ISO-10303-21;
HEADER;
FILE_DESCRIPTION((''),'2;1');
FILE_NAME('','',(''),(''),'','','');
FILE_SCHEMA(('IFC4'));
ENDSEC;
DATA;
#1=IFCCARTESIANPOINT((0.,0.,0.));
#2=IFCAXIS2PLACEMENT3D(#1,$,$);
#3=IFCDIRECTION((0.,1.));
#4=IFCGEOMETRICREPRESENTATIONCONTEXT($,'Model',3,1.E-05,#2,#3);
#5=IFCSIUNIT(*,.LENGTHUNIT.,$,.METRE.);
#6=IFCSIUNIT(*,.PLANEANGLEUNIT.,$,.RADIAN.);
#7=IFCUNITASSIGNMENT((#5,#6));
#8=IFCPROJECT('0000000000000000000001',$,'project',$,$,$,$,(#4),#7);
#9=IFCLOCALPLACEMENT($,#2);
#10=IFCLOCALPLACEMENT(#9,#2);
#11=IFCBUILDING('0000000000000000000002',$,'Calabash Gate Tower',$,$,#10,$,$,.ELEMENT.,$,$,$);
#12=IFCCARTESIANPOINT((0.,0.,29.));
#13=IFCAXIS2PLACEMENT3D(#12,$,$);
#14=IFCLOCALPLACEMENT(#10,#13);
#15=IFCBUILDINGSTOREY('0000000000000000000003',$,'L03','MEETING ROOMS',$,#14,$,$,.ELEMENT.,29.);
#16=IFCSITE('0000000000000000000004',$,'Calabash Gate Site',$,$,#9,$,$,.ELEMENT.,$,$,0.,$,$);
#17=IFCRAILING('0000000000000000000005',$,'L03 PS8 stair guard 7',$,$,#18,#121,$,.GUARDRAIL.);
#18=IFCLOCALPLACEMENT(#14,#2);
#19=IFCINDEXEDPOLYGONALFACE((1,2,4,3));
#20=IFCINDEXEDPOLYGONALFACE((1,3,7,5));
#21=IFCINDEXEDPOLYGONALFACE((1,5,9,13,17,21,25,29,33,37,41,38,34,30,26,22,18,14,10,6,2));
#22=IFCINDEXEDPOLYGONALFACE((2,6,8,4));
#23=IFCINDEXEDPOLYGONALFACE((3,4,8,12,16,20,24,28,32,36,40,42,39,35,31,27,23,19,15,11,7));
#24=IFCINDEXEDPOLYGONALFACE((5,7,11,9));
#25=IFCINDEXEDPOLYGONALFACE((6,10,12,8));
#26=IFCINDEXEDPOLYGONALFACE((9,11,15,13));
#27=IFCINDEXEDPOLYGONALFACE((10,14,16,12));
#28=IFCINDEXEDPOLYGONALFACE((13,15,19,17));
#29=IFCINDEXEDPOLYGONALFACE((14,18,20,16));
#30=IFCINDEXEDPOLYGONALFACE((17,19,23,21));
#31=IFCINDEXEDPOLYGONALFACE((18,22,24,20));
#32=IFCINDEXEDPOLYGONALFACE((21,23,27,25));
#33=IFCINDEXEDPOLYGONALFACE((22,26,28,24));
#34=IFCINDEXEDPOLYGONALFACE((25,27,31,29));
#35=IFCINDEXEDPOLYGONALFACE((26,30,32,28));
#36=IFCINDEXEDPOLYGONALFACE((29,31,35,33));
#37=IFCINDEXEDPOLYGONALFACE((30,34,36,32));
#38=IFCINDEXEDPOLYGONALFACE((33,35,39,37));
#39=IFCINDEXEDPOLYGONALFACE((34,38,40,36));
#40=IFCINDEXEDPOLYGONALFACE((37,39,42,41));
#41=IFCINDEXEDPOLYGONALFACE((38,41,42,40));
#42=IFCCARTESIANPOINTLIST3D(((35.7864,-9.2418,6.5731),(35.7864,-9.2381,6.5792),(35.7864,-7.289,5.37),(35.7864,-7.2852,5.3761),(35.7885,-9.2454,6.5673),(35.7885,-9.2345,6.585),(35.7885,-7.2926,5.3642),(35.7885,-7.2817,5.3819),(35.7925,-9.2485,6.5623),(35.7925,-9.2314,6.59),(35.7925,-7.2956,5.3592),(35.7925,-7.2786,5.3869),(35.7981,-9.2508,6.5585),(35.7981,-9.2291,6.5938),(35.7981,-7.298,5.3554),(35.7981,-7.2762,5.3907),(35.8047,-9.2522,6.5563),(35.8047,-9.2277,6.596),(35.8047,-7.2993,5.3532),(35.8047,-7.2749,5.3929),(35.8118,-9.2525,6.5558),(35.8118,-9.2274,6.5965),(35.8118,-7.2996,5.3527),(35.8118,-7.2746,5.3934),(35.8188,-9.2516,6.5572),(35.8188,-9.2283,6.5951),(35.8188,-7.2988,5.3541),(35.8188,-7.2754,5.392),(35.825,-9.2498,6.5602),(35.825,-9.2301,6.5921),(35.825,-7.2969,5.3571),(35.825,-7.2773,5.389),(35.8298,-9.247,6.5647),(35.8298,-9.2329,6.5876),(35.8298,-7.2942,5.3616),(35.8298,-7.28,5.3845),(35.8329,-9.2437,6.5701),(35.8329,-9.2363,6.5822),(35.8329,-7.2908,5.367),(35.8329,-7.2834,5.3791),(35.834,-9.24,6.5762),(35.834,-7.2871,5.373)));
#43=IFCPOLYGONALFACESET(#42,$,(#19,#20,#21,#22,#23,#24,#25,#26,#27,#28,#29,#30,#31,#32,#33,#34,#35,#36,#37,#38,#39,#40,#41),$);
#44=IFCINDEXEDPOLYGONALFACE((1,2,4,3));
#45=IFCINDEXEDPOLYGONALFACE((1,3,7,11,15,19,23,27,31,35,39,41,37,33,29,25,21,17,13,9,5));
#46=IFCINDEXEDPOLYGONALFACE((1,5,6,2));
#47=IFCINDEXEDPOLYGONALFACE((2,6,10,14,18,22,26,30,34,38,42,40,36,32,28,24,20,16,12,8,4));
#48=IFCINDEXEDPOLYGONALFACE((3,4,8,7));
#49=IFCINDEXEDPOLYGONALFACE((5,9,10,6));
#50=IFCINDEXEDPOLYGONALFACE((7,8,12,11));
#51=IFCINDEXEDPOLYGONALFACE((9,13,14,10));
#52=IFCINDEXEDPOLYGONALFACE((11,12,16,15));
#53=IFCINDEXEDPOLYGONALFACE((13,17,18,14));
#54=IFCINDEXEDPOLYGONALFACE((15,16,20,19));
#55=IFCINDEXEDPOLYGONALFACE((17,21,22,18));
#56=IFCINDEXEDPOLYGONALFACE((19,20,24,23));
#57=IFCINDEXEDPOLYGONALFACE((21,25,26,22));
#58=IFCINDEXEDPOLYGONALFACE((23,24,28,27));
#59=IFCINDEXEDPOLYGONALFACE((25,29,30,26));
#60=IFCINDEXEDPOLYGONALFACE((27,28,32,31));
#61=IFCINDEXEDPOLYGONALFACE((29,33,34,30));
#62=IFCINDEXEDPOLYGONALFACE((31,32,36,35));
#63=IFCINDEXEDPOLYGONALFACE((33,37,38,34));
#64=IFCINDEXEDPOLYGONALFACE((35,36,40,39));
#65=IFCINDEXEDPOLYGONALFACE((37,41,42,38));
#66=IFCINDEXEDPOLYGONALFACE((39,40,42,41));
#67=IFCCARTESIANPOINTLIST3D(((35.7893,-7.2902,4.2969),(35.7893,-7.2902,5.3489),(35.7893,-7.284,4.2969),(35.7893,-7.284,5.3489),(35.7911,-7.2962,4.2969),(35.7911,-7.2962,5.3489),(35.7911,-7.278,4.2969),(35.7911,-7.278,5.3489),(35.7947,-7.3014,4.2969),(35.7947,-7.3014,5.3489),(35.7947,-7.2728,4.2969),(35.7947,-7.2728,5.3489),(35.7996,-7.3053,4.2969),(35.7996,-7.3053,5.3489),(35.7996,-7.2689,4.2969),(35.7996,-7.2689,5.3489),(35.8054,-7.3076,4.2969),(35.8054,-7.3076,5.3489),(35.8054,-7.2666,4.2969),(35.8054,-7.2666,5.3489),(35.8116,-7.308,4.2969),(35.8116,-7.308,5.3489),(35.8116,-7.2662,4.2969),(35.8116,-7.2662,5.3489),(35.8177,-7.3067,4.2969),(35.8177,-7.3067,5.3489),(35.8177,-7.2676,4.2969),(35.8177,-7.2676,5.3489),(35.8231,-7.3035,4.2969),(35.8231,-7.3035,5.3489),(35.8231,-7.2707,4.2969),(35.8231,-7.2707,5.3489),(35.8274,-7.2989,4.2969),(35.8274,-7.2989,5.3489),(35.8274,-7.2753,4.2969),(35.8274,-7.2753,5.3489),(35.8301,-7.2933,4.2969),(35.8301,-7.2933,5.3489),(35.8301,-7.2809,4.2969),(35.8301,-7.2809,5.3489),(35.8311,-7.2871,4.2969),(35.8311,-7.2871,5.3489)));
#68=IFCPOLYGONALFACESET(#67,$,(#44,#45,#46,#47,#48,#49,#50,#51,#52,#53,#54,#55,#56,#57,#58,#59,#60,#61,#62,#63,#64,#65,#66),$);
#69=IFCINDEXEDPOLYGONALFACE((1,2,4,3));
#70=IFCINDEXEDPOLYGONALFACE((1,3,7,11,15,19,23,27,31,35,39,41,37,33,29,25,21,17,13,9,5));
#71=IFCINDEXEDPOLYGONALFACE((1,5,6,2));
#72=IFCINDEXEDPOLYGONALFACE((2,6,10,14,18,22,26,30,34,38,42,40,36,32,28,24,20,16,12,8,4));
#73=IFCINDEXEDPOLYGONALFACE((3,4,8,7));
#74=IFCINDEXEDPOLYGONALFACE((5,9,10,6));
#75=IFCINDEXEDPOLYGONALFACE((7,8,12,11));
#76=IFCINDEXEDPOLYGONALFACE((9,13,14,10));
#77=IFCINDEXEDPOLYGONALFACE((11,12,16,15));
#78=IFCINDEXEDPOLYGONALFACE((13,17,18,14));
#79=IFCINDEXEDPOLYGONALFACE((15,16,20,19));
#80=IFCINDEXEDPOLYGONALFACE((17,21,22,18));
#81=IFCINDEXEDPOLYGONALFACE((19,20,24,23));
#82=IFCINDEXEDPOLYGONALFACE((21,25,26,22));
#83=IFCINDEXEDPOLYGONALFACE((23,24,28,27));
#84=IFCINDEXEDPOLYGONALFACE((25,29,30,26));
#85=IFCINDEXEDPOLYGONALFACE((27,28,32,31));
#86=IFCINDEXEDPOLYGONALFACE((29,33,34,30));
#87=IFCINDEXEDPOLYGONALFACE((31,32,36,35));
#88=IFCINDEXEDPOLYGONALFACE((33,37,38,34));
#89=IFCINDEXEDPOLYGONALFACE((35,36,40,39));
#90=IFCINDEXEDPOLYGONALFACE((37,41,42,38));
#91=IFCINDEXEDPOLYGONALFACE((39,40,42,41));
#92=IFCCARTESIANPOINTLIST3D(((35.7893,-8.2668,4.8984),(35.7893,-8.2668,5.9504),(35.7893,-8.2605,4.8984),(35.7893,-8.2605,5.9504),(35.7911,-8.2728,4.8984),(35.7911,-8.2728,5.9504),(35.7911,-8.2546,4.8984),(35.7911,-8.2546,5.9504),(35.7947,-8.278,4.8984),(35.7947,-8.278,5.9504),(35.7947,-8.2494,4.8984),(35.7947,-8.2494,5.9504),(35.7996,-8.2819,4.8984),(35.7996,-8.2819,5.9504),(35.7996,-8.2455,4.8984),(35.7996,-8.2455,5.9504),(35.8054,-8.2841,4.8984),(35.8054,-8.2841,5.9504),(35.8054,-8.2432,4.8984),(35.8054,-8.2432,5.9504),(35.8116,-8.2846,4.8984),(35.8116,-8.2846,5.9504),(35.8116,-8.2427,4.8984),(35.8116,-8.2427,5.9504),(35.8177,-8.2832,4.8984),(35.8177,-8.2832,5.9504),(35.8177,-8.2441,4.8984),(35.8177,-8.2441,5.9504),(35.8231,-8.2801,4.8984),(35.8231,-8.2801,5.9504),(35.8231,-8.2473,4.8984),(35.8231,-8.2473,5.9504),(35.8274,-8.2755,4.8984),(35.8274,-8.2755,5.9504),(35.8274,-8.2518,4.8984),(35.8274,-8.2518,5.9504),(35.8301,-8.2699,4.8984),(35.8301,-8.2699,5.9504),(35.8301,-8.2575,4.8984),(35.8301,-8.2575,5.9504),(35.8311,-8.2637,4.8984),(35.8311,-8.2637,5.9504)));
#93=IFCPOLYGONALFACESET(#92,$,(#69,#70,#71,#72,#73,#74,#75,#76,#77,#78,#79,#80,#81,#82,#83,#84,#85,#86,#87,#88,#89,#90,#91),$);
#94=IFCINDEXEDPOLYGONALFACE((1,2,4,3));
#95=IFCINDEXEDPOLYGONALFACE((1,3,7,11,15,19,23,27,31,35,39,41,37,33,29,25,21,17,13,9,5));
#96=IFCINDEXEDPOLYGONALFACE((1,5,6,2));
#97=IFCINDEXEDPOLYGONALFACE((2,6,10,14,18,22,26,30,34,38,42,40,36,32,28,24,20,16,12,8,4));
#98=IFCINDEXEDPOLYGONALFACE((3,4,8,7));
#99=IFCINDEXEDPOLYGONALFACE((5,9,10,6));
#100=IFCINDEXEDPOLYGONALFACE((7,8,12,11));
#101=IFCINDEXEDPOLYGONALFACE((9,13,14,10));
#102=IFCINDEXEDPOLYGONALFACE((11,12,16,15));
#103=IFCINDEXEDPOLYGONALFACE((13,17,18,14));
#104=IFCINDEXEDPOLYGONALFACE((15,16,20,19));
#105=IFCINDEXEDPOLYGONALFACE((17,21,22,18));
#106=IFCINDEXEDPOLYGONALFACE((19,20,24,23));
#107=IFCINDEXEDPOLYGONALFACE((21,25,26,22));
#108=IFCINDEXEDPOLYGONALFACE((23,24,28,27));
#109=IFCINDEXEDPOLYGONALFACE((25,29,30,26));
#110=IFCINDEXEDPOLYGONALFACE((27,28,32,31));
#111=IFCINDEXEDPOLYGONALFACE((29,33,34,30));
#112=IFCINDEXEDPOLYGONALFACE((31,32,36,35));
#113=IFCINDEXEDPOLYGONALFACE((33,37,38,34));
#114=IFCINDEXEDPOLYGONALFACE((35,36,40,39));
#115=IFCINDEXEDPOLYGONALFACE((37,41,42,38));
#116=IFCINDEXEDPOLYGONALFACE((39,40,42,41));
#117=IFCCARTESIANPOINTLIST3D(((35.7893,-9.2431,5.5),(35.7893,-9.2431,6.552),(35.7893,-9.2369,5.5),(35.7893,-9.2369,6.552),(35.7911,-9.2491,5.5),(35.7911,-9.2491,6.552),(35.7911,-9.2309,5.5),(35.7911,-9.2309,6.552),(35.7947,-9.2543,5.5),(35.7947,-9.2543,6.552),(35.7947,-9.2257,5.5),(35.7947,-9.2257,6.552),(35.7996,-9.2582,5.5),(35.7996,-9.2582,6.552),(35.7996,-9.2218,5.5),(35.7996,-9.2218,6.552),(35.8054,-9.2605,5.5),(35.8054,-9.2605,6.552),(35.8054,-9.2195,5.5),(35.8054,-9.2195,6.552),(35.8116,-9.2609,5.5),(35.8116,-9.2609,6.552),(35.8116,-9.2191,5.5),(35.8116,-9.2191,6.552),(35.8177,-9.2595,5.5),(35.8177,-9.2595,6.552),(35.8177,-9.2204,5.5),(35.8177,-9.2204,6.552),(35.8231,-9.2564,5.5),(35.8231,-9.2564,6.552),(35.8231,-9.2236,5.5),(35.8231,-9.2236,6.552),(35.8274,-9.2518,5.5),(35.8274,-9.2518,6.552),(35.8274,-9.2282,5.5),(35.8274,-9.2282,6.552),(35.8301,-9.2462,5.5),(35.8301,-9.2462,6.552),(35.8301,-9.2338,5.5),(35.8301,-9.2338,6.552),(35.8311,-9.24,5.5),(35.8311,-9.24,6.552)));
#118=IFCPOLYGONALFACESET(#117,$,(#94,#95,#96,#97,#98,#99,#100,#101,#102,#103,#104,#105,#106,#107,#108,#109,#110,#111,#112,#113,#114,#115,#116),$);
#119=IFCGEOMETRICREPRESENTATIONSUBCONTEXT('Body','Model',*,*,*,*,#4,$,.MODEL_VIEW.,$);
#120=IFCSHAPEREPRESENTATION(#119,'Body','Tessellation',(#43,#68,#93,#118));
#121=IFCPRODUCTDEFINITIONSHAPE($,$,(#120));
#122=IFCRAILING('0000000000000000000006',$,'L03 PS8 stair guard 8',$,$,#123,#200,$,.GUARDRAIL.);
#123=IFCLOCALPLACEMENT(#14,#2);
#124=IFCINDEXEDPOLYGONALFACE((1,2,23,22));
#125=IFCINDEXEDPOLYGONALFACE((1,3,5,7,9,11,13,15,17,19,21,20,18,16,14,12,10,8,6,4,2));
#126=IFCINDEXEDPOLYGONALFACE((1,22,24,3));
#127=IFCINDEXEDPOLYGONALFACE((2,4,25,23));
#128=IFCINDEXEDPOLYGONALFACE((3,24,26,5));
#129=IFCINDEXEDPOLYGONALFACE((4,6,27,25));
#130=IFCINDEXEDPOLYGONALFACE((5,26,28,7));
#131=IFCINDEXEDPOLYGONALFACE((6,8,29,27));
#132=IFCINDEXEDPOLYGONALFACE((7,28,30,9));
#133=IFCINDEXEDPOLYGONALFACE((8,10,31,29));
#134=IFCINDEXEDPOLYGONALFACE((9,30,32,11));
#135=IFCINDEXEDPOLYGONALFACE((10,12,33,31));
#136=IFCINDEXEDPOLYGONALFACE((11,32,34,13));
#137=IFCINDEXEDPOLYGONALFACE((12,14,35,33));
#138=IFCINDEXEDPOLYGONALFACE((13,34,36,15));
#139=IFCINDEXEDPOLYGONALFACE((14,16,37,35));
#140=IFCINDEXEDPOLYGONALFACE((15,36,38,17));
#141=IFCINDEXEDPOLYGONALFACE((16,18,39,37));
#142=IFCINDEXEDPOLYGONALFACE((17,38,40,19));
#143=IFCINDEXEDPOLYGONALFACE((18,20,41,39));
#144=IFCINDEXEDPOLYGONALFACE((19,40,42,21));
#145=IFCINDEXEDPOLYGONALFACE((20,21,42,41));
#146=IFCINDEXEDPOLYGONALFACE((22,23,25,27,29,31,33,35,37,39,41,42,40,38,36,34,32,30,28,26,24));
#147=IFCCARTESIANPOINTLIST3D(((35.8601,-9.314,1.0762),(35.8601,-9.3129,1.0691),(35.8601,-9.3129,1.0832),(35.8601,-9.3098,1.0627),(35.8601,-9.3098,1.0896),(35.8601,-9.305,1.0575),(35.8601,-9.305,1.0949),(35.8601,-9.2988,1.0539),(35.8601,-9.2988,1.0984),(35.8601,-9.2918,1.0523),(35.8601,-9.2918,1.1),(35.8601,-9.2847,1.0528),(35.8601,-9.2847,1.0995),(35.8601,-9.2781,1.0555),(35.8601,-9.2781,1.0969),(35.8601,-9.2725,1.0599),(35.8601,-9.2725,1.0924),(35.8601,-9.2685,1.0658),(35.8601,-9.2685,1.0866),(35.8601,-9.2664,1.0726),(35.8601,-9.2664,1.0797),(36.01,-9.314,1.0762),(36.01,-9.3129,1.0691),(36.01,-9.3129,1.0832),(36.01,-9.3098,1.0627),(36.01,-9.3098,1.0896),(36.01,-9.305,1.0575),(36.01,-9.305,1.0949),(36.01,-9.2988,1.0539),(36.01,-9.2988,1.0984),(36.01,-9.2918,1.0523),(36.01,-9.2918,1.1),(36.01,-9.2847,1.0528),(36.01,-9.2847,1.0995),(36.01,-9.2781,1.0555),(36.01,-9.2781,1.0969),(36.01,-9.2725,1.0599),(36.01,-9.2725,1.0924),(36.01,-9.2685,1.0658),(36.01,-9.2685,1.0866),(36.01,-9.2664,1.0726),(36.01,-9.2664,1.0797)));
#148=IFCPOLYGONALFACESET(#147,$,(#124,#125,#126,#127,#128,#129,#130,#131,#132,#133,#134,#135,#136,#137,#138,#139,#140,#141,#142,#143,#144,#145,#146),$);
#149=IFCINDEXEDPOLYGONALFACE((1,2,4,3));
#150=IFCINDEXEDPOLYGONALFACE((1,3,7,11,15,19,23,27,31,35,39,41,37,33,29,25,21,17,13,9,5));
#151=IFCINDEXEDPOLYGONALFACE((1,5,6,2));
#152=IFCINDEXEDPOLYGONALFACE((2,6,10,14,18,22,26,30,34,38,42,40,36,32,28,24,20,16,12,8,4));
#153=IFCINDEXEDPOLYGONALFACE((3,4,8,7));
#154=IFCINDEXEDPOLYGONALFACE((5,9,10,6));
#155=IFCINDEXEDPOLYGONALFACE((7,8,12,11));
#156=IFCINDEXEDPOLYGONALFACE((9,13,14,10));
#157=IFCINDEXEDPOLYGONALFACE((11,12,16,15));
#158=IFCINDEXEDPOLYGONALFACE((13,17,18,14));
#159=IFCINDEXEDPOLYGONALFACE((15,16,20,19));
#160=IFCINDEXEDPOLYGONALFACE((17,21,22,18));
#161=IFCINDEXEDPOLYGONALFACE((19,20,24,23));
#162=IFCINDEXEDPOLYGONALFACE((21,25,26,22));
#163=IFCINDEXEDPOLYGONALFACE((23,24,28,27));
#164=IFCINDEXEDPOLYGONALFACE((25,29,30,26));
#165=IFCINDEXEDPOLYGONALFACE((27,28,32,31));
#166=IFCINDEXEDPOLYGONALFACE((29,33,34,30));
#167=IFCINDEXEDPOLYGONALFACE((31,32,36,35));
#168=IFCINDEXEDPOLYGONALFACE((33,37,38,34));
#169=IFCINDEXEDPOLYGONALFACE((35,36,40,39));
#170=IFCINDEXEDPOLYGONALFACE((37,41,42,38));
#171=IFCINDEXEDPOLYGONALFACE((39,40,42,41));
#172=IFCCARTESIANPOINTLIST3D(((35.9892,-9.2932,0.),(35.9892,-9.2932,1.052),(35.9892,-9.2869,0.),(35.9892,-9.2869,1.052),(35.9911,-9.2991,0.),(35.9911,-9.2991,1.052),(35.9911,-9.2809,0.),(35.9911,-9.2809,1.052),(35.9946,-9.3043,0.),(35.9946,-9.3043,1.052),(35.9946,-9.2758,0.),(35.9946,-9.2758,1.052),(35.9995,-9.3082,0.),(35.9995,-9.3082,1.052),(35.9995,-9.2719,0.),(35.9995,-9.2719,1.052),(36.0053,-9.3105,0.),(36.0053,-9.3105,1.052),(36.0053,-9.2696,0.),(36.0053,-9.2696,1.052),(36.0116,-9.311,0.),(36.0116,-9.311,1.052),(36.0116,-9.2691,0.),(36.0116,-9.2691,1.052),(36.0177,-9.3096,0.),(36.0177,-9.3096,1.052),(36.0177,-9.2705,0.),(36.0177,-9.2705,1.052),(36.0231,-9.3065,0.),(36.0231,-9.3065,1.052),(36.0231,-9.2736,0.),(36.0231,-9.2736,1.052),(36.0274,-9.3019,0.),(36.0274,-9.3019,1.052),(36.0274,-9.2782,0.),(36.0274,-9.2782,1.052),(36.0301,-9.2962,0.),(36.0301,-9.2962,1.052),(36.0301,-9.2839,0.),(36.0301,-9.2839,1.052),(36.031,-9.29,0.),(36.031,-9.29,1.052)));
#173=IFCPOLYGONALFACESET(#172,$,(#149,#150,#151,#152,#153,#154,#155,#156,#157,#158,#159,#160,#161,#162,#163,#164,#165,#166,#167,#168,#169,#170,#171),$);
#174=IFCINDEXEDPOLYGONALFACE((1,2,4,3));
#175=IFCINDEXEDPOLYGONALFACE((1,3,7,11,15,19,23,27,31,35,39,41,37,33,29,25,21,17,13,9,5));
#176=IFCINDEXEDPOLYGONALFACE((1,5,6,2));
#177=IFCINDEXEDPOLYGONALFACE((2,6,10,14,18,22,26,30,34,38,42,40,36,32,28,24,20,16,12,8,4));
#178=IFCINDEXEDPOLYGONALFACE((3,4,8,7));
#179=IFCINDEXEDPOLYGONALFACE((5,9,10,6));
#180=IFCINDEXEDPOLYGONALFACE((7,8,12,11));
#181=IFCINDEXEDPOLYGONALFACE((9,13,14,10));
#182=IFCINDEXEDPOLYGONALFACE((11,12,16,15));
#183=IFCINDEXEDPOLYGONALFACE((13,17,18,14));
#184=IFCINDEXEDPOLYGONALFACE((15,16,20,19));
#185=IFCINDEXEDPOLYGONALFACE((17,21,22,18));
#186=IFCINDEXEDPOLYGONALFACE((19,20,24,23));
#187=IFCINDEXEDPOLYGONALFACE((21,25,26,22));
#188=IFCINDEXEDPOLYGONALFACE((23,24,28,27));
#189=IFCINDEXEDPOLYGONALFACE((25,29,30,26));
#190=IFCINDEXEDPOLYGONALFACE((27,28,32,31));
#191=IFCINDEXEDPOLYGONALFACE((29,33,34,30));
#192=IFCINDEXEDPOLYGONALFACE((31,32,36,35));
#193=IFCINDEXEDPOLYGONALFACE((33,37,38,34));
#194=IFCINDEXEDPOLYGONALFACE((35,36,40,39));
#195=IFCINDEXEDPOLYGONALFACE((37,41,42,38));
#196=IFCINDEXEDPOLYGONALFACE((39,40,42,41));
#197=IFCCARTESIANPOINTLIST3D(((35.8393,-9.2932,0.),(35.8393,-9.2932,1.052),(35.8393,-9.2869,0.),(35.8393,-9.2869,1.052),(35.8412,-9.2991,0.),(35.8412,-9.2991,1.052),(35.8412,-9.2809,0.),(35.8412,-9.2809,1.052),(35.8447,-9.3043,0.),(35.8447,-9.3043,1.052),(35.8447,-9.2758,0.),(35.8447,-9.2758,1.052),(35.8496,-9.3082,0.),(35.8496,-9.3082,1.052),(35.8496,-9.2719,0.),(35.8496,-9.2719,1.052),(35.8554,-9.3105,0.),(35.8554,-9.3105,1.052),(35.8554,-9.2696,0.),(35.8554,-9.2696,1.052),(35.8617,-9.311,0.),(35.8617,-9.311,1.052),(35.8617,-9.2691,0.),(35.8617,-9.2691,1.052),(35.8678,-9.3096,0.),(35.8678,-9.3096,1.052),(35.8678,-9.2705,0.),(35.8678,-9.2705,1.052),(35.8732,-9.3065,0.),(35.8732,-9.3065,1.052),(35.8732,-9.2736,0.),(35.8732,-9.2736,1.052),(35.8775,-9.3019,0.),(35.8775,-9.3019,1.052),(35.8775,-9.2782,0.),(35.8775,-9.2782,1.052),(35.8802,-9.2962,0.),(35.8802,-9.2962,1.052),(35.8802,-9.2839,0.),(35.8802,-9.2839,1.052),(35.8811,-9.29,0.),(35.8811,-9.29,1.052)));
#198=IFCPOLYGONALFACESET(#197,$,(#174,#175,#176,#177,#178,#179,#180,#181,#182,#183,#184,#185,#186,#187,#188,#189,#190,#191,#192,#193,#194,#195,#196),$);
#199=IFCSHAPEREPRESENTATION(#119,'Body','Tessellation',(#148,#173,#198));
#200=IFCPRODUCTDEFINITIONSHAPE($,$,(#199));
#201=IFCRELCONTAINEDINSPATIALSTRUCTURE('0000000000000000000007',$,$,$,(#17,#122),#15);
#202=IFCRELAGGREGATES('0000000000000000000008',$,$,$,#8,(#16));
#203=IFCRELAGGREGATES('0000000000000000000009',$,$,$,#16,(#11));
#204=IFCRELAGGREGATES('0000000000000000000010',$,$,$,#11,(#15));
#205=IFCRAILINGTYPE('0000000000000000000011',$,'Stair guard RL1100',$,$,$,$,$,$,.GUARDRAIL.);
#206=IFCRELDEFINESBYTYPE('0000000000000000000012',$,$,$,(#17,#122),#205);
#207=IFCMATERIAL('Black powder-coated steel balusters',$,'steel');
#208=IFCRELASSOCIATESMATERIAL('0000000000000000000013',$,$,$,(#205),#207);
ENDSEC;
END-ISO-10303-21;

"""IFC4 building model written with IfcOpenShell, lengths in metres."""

from ifc_helpers import new_model, si_unit, direction, frame, origin, origin_2d, place, context, subcontext, project, spatial, circle, extrude, material, type_object, element, save


model = new_model("IFC4")

# Units and contexts
model_context = context("Model", 3, precision=1e-05, world=origin(), true_north=direction((0.0, 1.0)))
body_context = subcontext(model_context, "Body", "Model", "MODEL_VIEW")
ifc_project = project(units=[si_unit("LENGTHUNIT", "METRE"), si_unit("PLANEANGLEUNIT", "RADIAN")], contexts=[model_context])

# Site, building, storey
site_placement = place(None, origin())
site = spatial("IfcSite", under=ifc_project, at=site_placement, Name="Calabash Gate Site", CompositionType="ELEMENT", RefElevation=0.0)
building_placement = place(site_placement, origin())
building = spatial("IfcBuilding", under=site, at=building_placement, Name="Calabash Gate Tower", CompositionType="ELEMENT")
storey_placement = place(building_placement, frame((0.0, 0.0, 29.0)))
storey = spatial("IfcBuildingStorey", under=building, at=storey_placement, Name="L03", Description="MEETING ROOMS", CompositionType="ELEMENT", Elevation=29.0)

# Railings
ifc_material_1 = material(Name="Black powder-coated steel balusters", Category="steel")
railing_type_1 = type_object("IfcRailingType", Name="Stair guard RL1100", PredefinedType="GUARDRAIL", material=ifc_material_1)
railing_1_placement = place(storey_placement, frame((35.8101, -7.2871, 4.2969)))
element("IfcRailing", 1, at=railing_1_placement, inside=storey, type_object=railing_type_1, Name="L03 PS8 stair guard 7", PredefinedType="GUARDRAIL", context=body_context, shape_type="SweptSolid", body=[
    extrude(circle(Radius=0.0239, at=origin_2d()), frame((0.0, 0.0, 1.0762), z_axis=(0.0, -0.851395, 0.524525), x_axis=(1.0, 0.0, 0.0)), (0.0, 0.0, 1.0), 2.2937),
    extrude(circle(Radius=0.021, at=origin_2d()), origin(), (0.0, 0.0, 1.0), 1.052),
    extrude(circle(Radius=0.021, at=origin_2d()), frame((0.0, -0.9766, 0.6016)), (0.0, 0.0, 1.0), 1.052),
    extrude(circle(Radius=0.021, at=origin_2d()), frame((0.0, -1.9529, 1.2031)), (0.0, 0.0, 1.0), 1.052),
])
for number, where, name in (
    (2, (36.01, -9.29, 0.0), "L03 PS8 stair guard 8"),
):
    element("IfcRailing", number, at=place(storey_placement, frame(where)), inside=storey, type_object=railing_type_1, Name=name, PredefinedType="GUARDRAIL", context=body_context, shape_type="SweptSolid", body=[
        extrude(circle(Radius=0.0239, at=origin_2d()), frame((0.0, 0.0, 1.0762), z_axis=(-1.0, 0.0, 0.0), x_axis=(0.0, -1.0, 0.0)), (0.0, 0.0, 1.0), 0.1499),
        extrude(circle(Radius=0.021, at=origin_2d()), origin(), (0.0, 0.0, 1.0), 1.052),
        extrude(circle(Radius=0.021, at=origin_2d()), frame((-0.1499, 0.0, 0.0)), (0.0, 0.0, 1.0), 1.052),
    ])

save(model, "model.ifc")
